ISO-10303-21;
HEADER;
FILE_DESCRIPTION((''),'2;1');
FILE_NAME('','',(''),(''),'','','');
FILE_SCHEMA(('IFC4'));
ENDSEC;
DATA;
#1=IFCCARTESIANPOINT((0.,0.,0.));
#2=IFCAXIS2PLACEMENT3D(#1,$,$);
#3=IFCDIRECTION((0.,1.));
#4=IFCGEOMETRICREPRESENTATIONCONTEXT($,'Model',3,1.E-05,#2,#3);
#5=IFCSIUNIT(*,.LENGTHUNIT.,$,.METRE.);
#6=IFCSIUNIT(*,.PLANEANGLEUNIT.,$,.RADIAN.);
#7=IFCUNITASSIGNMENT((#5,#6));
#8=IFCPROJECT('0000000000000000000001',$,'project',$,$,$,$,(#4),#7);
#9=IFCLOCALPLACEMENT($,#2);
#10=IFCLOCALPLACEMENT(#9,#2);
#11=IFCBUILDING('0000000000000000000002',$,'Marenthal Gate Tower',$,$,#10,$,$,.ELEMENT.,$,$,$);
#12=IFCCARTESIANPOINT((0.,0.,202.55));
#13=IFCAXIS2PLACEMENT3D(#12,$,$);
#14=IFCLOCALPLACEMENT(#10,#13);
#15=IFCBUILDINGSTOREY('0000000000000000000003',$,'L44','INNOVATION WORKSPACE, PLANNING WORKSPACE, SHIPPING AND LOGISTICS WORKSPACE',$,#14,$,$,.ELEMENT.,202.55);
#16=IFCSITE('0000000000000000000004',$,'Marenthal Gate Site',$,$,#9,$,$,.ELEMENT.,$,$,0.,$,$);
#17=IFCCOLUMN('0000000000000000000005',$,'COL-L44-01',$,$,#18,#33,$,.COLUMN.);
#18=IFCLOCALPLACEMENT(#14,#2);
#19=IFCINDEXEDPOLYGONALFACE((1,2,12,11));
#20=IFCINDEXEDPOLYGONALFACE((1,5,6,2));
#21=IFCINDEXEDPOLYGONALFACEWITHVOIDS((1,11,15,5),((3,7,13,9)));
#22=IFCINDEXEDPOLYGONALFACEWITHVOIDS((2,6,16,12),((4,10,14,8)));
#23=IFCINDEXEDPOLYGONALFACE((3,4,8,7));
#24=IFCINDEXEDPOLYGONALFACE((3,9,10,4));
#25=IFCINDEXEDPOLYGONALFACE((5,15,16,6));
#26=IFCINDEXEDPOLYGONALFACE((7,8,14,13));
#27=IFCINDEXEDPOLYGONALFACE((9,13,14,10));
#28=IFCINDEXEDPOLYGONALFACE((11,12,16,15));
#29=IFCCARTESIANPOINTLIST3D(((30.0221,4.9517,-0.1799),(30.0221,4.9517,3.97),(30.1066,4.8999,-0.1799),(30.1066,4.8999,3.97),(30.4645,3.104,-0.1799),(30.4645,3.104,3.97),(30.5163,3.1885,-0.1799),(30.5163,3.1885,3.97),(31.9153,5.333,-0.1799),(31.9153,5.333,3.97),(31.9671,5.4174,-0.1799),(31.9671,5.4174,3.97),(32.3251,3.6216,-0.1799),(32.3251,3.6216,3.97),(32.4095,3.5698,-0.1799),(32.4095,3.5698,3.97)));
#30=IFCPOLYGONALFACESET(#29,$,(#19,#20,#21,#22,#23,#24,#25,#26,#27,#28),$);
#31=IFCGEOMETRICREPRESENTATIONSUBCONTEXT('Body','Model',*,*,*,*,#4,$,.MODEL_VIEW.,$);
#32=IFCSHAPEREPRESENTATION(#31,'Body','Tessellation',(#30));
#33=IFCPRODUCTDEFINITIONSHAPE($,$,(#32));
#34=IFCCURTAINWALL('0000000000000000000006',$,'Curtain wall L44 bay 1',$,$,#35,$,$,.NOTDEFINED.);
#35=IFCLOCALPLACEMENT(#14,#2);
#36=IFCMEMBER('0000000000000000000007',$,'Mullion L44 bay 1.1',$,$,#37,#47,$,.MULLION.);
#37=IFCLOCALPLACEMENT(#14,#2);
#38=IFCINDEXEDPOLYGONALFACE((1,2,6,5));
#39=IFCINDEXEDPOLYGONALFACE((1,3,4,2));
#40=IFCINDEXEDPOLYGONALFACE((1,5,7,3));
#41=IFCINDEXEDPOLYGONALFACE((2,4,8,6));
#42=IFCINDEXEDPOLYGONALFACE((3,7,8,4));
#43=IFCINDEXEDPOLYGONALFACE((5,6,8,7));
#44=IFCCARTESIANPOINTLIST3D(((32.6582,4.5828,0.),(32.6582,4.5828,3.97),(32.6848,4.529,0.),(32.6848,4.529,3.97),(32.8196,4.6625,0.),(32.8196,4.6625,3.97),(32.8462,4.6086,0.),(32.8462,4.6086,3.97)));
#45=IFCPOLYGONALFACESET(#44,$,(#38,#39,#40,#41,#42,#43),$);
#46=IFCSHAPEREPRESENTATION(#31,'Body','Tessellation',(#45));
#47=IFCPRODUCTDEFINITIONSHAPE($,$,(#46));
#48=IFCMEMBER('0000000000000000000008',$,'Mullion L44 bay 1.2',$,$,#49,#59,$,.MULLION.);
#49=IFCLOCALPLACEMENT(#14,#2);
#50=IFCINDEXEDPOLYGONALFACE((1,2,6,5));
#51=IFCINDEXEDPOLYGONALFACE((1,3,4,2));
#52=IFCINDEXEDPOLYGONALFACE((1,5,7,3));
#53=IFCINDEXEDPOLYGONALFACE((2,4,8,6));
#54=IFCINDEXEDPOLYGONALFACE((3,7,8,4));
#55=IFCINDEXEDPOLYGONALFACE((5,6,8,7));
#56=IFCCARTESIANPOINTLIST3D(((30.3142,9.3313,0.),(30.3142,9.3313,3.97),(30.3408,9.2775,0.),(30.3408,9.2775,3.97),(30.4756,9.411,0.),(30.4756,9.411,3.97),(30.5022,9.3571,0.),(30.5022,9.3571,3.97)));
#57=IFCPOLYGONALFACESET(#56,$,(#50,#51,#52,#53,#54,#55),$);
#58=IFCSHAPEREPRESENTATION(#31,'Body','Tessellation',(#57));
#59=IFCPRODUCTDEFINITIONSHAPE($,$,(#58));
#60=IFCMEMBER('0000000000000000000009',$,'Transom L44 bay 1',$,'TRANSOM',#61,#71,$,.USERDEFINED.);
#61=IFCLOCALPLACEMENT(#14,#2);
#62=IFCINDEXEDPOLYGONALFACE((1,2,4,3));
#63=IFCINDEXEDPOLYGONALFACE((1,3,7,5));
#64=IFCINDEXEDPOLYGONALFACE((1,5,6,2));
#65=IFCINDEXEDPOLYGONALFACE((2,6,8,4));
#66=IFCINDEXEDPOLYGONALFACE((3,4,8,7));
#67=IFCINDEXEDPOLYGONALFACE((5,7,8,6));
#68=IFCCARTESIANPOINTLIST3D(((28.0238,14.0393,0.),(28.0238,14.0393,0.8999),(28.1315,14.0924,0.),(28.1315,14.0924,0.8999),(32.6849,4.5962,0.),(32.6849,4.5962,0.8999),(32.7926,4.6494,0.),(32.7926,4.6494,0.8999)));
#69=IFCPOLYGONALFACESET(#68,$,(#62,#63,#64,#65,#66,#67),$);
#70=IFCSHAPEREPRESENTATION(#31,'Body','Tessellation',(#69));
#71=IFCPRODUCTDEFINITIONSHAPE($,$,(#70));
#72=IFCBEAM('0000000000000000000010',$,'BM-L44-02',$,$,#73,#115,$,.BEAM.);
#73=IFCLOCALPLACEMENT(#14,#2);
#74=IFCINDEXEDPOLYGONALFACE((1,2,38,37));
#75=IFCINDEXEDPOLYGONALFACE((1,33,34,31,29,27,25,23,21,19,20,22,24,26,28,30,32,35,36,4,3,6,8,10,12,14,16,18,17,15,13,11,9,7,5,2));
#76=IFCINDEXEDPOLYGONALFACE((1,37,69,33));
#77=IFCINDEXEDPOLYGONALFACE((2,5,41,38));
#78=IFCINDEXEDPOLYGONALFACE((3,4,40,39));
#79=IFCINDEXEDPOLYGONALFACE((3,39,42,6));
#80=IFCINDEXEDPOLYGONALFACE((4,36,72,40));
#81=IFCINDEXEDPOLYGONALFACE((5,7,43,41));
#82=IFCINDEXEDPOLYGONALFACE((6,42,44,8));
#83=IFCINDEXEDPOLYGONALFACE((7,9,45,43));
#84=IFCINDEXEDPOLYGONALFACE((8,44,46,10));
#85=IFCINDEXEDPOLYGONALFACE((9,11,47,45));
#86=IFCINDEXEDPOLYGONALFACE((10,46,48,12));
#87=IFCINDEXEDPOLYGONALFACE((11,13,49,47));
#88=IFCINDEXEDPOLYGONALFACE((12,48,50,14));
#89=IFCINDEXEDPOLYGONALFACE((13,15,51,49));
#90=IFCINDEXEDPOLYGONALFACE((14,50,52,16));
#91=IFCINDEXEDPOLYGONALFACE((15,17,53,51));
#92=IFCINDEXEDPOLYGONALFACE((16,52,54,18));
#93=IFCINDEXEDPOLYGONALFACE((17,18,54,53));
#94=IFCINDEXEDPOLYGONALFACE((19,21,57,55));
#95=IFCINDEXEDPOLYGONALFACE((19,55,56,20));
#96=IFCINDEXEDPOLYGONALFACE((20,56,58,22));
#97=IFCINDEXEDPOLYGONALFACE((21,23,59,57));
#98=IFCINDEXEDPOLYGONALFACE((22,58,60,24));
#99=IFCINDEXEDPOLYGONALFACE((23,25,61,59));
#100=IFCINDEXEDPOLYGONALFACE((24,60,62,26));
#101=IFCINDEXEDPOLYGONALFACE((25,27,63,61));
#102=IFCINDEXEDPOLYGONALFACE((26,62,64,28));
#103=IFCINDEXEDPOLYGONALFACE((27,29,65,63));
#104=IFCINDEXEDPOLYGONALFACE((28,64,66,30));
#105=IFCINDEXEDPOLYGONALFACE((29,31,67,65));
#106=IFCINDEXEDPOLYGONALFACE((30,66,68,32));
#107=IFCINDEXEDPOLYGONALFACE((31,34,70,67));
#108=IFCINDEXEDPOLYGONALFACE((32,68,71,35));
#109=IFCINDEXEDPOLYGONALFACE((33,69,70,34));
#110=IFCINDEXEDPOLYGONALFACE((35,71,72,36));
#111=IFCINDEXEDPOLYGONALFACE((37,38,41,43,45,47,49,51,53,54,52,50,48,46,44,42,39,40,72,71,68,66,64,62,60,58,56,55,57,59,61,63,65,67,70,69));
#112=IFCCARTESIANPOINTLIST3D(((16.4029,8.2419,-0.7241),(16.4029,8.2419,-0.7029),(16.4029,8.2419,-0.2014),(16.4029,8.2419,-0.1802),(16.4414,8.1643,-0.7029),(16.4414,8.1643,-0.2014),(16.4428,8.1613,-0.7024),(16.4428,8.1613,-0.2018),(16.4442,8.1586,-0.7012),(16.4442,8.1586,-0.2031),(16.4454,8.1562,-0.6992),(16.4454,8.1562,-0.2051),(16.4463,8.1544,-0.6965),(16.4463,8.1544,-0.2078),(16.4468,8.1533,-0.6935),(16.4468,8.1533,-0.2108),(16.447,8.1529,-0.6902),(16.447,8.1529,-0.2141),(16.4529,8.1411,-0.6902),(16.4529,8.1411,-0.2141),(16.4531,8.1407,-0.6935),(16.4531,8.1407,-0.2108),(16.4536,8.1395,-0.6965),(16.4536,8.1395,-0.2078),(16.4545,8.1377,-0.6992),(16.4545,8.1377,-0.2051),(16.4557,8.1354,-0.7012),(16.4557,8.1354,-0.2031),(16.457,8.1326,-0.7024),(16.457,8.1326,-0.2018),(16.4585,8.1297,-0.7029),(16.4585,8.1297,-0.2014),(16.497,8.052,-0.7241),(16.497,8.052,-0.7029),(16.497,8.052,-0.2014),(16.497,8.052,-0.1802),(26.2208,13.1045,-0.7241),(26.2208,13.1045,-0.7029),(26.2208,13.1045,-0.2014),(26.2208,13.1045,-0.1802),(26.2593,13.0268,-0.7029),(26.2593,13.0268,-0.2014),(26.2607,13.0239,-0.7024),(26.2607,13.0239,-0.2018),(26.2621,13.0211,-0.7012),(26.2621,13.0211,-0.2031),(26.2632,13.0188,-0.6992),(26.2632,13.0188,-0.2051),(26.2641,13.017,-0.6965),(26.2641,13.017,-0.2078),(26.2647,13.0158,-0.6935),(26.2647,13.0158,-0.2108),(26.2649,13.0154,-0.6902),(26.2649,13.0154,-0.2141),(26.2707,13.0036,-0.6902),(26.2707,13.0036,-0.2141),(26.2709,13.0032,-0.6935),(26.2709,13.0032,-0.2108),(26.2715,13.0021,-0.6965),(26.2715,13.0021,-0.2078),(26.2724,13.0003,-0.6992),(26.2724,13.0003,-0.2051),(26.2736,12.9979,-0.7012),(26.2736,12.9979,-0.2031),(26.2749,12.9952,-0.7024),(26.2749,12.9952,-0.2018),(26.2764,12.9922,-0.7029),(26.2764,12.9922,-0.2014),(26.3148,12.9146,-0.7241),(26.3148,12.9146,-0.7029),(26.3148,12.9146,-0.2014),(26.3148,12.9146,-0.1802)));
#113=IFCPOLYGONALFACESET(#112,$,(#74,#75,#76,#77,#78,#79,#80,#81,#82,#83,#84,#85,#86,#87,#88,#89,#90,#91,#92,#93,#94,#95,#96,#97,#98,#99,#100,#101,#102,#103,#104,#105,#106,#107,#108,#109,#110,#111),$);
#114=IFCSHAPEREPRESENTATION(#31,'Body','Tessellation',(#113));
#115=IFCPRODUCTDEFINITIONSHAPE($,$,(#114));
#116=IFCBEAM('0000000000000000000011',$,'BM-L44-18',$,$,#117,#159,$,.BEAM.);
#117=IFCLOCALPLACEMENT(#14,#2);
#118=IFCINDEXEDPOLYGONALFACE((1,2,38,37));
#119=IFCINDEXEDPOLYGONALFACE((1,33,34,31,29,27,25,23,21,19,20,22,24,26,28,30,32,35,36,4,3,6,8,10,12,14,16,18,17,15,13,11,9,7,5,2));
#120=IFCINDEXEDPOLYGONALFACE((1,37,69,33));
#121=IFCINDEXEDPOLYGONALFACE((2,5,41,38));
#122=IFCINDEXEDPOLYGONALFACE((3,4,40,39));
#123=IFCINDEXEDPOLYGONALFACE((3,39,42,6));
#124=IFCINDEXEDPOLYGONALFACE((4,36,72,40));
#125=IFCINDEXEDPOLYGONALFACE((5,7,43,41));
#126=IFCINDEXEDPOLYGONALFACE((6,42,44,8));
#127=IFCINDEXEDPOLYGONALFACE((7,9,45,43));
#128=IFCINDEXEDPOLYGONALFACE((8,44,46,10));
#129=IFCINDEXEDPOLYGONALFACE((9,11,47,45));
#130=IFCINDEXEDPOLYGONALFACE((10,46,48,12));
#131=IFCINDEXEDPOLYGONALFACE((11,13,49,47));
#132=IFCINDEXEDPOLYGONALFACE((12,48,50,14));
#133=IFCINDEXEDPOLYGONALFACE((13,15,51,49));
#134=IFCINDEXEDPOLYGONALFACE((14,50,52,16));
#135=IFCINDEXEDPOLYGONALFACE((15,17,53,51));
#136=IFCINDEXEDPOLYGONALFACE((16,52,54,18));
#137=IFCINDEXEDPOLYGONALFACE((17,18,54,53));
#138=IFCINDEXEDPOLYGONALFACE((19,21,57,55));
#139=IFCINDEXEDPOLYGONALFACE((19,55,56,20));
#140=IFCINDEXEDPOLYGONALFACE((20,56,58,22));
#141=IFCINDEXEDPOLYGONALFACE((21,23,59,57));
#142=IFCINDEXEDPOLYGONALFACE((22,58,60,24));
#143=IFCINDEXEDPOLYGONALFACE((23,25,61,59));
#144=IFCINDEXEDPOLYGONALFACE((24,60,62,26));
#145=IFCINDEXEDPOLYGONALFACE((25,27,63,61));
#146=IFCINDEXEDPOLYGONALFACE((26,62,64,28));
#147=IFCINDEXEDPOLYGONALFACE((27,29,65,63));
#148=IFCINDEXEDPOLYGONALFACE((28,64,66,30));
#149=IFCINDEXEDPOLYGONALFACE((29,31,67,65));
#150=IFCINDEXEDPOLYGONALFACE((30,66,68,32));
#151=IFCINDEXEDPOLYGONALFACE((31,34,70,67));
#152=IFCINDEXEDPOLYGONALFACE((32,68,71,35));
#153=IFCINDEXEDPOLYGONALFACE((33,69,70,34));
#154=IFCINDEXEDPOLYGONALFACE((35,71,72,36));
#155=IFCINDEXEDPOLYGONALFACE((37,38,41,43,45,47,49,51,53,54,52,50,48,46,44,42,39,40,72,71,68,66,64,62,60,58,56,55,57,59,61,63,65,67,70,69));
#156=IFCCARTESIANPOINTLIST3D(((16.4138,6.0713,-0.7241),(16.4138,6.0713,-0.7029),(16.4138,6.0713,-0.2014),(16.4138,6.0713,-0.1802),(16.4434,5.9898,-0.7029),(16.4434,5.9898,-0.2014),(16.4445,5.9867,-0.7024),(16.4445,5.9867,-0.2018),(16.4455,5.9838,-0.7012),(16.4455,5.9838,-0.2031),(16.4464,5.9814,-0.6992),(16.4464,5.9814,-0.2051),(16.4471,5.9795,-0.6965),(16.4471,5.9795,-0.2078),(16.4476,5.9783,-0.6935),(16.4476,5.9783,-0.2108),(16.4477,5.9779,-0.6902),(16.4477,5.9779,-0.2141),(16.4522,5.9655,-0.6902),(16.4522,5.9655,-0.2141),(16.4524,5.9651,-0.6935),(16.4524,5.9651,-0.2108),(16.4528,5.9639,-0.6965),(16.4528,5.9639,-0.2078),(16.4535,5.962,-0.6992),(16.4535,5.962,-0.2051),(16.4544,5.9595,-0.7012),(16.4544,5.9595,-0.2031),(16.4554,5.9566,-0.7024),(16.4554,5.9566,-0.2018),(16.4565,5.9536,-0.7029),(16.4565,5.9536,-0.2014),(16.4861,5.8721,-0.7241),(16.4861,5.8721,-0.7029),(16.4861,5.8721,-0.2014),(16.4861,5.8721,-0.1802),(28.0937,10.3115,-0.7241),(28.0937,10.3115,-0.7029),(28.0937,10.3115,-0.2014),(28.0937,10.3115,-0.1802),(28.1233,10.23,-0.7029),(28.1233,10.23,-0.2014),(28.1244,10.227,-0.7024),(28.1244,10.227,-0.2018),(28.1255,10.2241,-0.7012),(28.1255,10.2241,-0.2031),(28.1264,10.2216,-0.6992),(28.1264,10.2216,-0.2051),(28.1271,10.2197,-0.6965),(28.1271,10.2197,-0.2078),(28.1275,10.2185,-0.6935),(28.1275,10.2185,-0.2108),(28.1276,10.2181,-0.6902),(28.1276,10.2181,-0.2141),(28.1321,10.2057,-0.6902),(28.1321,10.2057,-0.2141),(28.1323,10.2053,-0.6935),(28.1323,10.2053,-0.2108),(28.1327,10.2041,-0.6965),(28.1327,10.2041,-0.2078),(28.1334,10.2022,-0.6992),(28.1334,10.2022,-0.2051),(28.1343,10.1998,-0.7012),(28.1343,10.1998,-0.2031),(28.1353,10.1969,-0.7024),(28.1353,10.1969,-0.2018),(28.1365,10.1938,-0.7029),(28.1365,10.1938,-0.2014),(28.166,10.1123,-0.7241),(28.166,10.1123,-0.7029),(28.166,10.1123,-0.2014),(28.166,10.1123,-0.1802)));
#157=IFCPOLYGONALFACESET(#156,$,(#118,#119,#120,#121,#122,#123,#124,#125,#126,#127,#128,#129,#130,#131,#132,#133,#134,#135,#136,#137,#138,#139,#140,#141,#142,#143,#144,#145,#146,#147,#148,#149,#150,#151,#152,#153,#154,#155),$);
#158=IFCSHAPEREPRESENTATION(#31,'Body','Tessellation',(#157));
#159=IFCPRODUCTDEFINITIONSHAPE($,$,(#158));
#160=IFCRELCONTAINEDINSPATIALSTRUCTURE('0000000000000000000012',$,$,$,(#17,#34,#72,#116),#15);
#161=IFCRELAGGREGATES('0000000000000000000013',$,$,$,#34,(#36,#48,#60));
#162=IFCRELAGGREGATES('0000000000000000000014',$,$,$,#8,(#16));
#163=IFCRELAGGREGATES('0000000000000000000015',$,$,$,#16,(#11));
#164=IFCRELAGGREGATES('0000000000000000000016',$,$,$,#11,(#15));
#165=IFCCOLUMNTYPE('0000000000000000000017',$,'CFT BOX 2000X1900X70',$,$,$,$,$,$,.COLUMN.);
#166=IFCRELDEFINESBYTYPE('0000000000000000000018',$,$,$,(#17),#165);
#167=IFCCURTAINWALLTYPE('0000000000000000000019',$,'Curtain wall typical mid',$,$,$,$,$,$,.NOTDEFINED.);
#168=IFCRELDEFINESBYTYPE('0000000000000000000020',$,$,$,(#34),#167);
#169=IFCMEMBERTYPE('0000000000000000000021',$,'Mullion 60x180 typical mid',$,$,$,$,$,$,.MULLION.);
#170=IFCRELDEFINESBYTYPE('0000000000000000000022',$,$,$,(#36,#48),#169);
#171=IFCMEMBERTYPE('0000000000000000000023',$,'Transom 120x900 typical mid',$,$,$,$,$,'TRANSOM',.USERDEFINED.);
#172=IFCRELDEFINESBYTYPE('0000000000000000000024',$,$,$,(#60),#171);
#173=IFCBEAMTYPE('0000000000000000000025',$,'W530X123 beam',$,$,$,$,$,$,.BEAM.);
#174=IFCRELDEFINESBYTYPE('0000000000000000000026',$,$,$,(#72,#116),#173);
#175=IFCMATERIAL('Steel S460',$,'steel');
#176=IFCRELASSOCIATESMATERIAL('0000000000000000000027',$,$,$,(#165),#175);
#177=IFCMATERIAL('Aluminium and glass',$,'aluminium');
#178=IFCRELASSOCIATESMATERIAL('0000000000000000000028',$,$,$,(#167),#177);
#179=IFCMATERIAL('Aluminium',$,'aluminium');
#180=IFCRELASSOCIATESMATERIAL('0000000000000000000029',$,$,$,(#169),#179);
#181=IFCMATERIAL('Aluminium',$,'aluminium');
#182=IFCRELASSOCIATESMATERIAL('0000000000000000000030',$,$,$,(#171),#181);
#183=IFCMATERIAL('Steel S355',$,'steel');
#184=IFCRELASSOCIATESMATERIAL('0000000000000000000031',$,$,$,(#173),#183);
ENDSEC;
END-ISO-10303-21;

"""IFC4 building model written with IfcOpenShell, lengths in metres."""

from ifc_helpers import new_model, si_unit, direction, frame, origin, origin_2d, place, context, subcontext, project, spatial, rectangle, hollow_rectangle, i_section, extrude, material, material_profile, profile_set, type_object, element, aggregate, save


model = new_model("IFC4")

# Units and contexts
model_context = context("Model", 3, precision=1e-05, world=origin(), true_north=direction((0.0, 1.0)))
body_context = subcontext(model_context, "Body", "Model", "MODEL_VIEW")
ifc_project = project(units=[si_unit("LENGTHUNIT", "METRE"), si_unit("PLANEANGLEUNIT", "RADIAN")], contexts=[model_context])

# Site, building, storey
site_placement = place(None, origin())
site = spatial("IfcSite", under=ifc_project, at=site_placement, Name="Marenthal Gate Site", CompositionType="ELEMENT", RefElevation=0.0)
building_placement = place(site_placement, origin())
building = spatial("IfcBuilding", under=site, at=building_placement, Name="Marenthal Gate Tower", CompositionType="ELEMENT")
storey_placement = place(building_placement, frame((0.0, 0.0, 202.55)))
storey = spatial("IfcBuildingStorey", under=building, at=storey_placement, Name="L44", Description="INNOVATION WORKSPACE, PLANNING WORKSPACE, SHIPPING AND LOGISTICS WORKSPACE", CompositionType="ELEMENT", Elevation=202.55)

# Column
ifc_material_1 = material(Name="Steel S460", Category="steel")
ifc_material_profile_1 = material_profile(ifc_material_1, hollow_rectangle(XDim=1.8999, YDim=2.0, WallThickness=0.0701, at=origin_2d()), Name="CFT BOX 2000X1900X70")
ifc_material_2 = material(Name="Concrete 70 MPa", Category="concrete")
ifc_material_profile_2 = material_profile(ifc_material_2, rectangle(XDim=1.76, YDim=1.8601, at=origin_2d()), Name="CFT BOX 2000X1900X70 INFILL")
ifc_profile_set_1 = profile_set([ifc_material_profile_1, ifc_material_profile_2], Name="Steel S460 shell, Concrete 70 MPa infill")
column_type = type_object("IfcColumnType", Name="CFT BOX 2000X1900X70", PredefinedType="COLUMN", material=ifc_profile_set_1)
column_placement = place(storey_placement, frame((31.2158, 4.2607, -0.1799), z_axis=(0.0, 0.0, 1.0), x_axis=(0.232863, -0.972509, 0.0)))
element("IfcColumn", 1, at=column_placement, inside=storey, type_object=column_type, Name="COL-L44-01", PredefinedType="COLUMN", context=body_context, shape_type="SweptSolid", body=[
    extrude(hollow_rectangle(XDim=1.8999, YDim=2.0, WallThickness=0.0701, at=origin_2d()), origin(), (0.0, 0.0, 1.0), 4.1499),
])

# Curtain wall, members
ifc_material_3 = material(Name="Aluminium and glass", Category="aluminium")
curtain_wall_type = type_object("IfcCurtainWallType", Name="Curtain wall typical mid", PredefinedType="NOTDEFINED", material=ifc_material_3)
curtain_wall_placement = place(storey_placement, origin())
curtain_wall = element("IfcCurtainWall", 2, at=curtain_wall_placement, inside=storey, type_object=curtain_wall_type, Name="Curtain wall L44 bay 1", PredefinedType="NOTDEFINED")
ifc_material_4 = material(Name="Aluminium", Category="aluminium")
ifc_material_profile_3 = material_profile(ifc_material_4, rectangle(XDim=0.1799, YDim=0.0601, at=origin_2d()), Name="60x180 aluminium mullion")
ifc_profile_set_2 = profile_set([ifc_material_profile_3], Name="Aluminium")
member_type_1 = type_object("IfcMemberType", Name="Mullion 60x180 typical mid", PredefinedType="MULLION", material=ifc_profile_set_2)
member_1_placement = place(storey_placement, frame((32.7522, 4.5957, 0.0), z_axis=(0.0, 0.0, 1.0), x_axis=(-0.896716, -0.442607, 0.0)))
member_1 = element("IfcMember", 3, at=member_1_placement, type_object=member_type_1, Name="Mullion L44 bay 1.1", PredefinedType="MULLION", context=body_context, shape_type="SweptSolid", body=[
    extrude(rectangle(XDim=0.1799, YDim=0.0601, at=origin_2d()), origin(), (0.0, 0.0, 1.0), 3.97),
])
member_2_placement = place(storey_placement, frame((30.4082, 9.3442, 0.0), z_axis=(0.0, 0.0, 1.0), x_axis=(-0.896716, -0.442607, 0.0)))
member_2 = element("IfcMember", 4, at=member_2_placement, type_object=member_type_1, Name="Mullion L44 bay 1.2", PredefinedType="MULLION", context=body_context, shape_type="SweptSolid", body=[
    extrude(rectangle(XDim=0.1799, YDim=0.0601, at=origin_2d()), origin(), (0.0, 0.0, 1.0), 3.97),
])
ifc_material_5 = material(Name="Aluminium", Category="aluminium")
ifc_material_profile_4 = material_profile(ifc_material_5, rectangle(XDim=0.1201, YDim=0.8999, at=origin_2d()), Name="120x900 aluminium transom")
ifc_profile_set_3 = profile_set([ifc_material_profile_4], Name="Aluminium")
member_type_2 = type_object("IfcMemberType", Name="Transom 120x900 typical mid", ElementType="TRANSOM", PredefinedType="USERDEFINED", material=ifc_profile_set_3)
member_3_placement = place(storey_placement, frame((32.7388, 4.6228, 0.45), z_axis=(-0.442617, 0.896711, 0.0), x_axis=(-0.896711, -0.442617, 0.0)))
member_3 = element("IfcMember", 5, at=member_3_placement, type_object=member_type_2, Name="Transom L44 bay 1", ObjectType="TRANSOM", PredefinedType="USERDEFINED", context=body_context, shape_type="SweptSolid", body=[
    extrude(rectangle(XDim=0.1201, YDim=0.8999, at=origin_2d()), origin(), (0.0, 0.0, 1.0), 10.5308),
])

# Beams
ifc_material_6 = material(Name="Steel S355", Category="steel")
ifc_material_profile_5 = material_profile(ifc_material_6, i_section(OverallWidth=0.2119, OverallDepth=0.5439, WebThickness=0.0132, FlangeThickness=0.0212, FilletRadius=0.0127, at=origin_2d()), Name="W530X123")
ifc_profile_set_4 = profile_set([ifc_material_profile_5], Name="Steel S355")
beam_type_1 = type_object("IfcBeamType", Name="W530X123 beam", PredefinedType="BEAM", material=ifc_profile_set_4)
beam_1_placement = place(storey_placement, frame((26.2678, 13.0095, -0.4521), z_axis=(-0.896114, -0.443823, 0.0), x_axis=(0.443823, -0.896114, 0.0)))
element("IfcBeam", 6, at=beam_1_placement, inside=storey, type_object=beam_type_1, Name="BM-L44-02", PredefinedType="BEAM", context=body_context, shape_type="SweptSolid", body=[
    extrude(i_section(OverallWidth=0.2119, OverallDepth=0.5439, WebThickness=0.0132, FlangeThickness=0.0212, FilletRadius=0.0127, at=origin_2d()), origin(), (0.0, 0.0, 1.0), 10.9561),
])
beam_2_placement = place(storey_placement, frame((28.1299, 10.2119, -0.4521), z_axis=(-0.939975, -0.341245, 0.0), x_axis=(0.341245, -0.939975, 0.0)))
element("IfcBeam", 7, at=beam_2_placement, inside=storey, type_object=beam_type_1, Name="BM-L44-18", PredefinedType="BEAM", context=body_context, shape_type="SweptSolid", body=[
    extrude(i_section(OverallWidth=0.2119, OverallDepth=0.5439, WebThickness=0.0132, FlangeThickness=0.0212, FilletRadius=0.0127, at=origin_2d()), origin(), (0.0, 0.0, 1.0), 12.4258),
])

aggregate(curtain_wall, [member_1, member_2, member_3])

save(model, "model.ifc")
